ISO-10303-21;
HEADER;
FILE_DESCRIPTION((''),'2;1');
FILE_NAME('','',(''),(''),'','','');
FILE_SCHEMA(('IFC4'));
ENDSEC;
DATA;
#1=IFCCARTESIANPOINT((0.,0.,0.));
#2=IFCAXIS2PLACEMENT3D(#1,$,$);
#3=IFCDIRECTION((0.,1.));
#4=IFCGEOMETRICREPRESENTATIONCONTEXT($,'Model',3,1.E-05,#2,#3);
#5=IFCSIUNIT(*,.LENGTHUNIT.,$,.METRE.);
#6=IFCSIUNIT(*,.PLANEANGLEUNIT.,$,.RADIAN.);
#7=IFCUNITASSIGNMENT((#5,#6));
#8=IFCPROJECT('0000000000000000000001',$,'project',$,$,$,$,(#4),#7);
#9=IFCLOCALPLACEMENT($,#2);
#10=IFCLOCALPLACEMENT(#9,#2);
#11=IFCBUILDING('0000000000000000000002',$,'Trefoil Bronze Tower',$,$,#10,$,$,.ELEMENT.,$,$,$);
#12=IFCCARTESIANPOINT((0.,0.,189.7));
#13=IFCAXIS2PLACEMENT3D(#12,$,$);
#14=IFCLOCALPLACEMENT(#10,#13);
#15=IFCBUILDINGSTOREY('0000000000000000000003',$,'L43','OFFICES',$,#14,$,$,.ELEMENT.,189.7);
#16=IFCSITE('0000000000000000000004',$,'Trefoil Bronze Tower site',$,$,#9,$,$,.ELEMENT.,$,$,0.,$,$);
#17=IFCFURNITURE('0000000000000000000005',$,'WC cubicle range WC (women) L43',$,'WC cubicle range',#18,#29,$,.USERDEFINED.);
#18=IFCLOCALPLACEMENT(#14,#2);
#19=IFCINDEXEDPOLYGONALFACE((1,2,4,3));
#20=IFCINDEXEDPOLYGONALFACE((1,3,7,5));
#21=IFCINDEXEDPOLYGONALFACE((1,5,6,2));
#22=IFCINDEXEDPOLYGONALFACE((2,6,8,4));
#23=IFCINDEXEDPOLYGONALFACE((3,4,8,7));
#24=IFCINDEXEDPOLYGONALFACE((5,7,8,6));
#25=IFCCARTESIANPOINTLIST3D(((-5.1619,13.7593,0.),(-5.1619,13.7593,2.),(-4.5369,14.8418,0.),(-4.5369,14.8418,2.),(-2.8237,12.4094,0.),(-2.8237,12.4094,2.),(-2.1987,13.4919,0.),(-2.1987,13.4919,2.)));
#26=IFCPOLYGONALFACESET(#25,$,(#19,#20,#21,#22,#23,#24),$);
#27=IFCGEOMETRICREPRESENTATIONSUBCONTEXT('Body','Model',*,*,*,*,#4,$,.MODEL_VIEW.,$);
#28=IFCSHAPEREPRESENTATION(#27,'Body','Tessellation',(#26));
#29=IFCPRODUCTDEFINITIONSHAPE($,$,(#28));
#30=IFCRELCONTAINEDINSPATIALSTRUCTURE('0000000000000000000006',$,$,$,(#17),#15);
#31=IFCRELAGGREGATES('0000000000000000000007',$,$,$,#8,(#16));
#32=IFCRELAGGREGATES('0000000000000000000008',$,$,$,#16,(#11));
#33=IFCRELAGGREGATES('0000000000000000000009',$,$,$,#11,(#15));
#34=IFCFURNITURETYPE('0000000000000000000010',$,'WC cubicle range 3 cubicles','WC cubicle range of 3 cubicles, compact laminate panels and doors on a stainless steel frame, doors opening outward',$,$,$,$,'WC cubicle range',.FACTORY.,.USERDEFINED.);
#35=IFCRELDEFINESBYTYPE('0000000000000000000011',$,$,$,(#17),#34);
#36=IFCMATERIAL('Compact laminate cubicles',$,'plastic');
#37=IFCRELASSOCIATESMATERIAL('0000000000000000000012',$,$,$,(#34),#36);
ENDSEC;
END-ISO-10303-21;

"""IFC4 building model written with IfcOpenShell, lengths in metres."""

from ifc_helpers import new_model, si_unit, direction, frame, origin, place, context, subcontext, project, spatial, polyline, outline, extrude, material, type_object, element, save


model = new_model("IFC4")

# Units and contexts
model_context = context("Model", 3, precision=1e-05, world=origin(), true_north=direction((0.0, 1.0)))
body_context = subcontext(model_context, "Body", "Model", "MODEL_VIEW")
ifc_project = project(units=[si_unit("LENGTHUNIT", "METRE"), si_unit("PLANEANGLEUNIT", "RADIAN")], contexts=[model_context])

# Site, building, storey
site_placement = place(None, origin())
site = spatial("IfcSite", under=ifc_project, at=site_placement, Name="Trefoil Bronze Tower site", CompositionType="ELEMENT", RefElevation=0.0)
building_placement = place(site_placement, origin())
building = spatial("IfcBuilding", under=site, at=building_placement, Name="Trefoil Bronze Tower", CompositionType="ELEMENT")
storey_placement = place(building_placement, frame((0.0, 0.0, 189.7)))
storey = spatial("IfcBuildingStorey", under=building, at=storey_placement, Name="L43", Description="OFFICES", CompositionType="ELEMENT", Elevation=189.7)

# Furniture
ifc_material_1 = material(Name="Compact laminate cubicles", Category="plastic")
furniture_type_1 = type_object("IfcFurnitureType", Name="WC cubicle range 3 cubicles", Description="WC cubicle range of 3 cubicles, compact laminate panels and doors on a stainless steel frame, doors opening outward", ElementType="WC cubicle range", AssemblyPlace="FACTORY", PredefinedType="USERDEFINED", material=ifc_material_1)
furniture_1_placement = place(storey_placement, origin())
element("IfcFurniture", 1, at=furniture_1_placement, inside=storey, type_object=furniture_type_1, Name="WC cubicle range WC (women) L43", ObjectType="WC cubicle range", PredefinedType="USERDEFINED", context=body_context, shape_type="SweptSolid", body=[
    extrude(outline(polyline([(-2.8237, 12.4094), (-2.1987, 13.4919), (-4.5369, 14.8418), (-5.1619, 13.7593), (-2.8237, 12.4094)])), origin(), (0.0, 0.0, 1.0), 2.0),
])

save(model, "model.ifc")
